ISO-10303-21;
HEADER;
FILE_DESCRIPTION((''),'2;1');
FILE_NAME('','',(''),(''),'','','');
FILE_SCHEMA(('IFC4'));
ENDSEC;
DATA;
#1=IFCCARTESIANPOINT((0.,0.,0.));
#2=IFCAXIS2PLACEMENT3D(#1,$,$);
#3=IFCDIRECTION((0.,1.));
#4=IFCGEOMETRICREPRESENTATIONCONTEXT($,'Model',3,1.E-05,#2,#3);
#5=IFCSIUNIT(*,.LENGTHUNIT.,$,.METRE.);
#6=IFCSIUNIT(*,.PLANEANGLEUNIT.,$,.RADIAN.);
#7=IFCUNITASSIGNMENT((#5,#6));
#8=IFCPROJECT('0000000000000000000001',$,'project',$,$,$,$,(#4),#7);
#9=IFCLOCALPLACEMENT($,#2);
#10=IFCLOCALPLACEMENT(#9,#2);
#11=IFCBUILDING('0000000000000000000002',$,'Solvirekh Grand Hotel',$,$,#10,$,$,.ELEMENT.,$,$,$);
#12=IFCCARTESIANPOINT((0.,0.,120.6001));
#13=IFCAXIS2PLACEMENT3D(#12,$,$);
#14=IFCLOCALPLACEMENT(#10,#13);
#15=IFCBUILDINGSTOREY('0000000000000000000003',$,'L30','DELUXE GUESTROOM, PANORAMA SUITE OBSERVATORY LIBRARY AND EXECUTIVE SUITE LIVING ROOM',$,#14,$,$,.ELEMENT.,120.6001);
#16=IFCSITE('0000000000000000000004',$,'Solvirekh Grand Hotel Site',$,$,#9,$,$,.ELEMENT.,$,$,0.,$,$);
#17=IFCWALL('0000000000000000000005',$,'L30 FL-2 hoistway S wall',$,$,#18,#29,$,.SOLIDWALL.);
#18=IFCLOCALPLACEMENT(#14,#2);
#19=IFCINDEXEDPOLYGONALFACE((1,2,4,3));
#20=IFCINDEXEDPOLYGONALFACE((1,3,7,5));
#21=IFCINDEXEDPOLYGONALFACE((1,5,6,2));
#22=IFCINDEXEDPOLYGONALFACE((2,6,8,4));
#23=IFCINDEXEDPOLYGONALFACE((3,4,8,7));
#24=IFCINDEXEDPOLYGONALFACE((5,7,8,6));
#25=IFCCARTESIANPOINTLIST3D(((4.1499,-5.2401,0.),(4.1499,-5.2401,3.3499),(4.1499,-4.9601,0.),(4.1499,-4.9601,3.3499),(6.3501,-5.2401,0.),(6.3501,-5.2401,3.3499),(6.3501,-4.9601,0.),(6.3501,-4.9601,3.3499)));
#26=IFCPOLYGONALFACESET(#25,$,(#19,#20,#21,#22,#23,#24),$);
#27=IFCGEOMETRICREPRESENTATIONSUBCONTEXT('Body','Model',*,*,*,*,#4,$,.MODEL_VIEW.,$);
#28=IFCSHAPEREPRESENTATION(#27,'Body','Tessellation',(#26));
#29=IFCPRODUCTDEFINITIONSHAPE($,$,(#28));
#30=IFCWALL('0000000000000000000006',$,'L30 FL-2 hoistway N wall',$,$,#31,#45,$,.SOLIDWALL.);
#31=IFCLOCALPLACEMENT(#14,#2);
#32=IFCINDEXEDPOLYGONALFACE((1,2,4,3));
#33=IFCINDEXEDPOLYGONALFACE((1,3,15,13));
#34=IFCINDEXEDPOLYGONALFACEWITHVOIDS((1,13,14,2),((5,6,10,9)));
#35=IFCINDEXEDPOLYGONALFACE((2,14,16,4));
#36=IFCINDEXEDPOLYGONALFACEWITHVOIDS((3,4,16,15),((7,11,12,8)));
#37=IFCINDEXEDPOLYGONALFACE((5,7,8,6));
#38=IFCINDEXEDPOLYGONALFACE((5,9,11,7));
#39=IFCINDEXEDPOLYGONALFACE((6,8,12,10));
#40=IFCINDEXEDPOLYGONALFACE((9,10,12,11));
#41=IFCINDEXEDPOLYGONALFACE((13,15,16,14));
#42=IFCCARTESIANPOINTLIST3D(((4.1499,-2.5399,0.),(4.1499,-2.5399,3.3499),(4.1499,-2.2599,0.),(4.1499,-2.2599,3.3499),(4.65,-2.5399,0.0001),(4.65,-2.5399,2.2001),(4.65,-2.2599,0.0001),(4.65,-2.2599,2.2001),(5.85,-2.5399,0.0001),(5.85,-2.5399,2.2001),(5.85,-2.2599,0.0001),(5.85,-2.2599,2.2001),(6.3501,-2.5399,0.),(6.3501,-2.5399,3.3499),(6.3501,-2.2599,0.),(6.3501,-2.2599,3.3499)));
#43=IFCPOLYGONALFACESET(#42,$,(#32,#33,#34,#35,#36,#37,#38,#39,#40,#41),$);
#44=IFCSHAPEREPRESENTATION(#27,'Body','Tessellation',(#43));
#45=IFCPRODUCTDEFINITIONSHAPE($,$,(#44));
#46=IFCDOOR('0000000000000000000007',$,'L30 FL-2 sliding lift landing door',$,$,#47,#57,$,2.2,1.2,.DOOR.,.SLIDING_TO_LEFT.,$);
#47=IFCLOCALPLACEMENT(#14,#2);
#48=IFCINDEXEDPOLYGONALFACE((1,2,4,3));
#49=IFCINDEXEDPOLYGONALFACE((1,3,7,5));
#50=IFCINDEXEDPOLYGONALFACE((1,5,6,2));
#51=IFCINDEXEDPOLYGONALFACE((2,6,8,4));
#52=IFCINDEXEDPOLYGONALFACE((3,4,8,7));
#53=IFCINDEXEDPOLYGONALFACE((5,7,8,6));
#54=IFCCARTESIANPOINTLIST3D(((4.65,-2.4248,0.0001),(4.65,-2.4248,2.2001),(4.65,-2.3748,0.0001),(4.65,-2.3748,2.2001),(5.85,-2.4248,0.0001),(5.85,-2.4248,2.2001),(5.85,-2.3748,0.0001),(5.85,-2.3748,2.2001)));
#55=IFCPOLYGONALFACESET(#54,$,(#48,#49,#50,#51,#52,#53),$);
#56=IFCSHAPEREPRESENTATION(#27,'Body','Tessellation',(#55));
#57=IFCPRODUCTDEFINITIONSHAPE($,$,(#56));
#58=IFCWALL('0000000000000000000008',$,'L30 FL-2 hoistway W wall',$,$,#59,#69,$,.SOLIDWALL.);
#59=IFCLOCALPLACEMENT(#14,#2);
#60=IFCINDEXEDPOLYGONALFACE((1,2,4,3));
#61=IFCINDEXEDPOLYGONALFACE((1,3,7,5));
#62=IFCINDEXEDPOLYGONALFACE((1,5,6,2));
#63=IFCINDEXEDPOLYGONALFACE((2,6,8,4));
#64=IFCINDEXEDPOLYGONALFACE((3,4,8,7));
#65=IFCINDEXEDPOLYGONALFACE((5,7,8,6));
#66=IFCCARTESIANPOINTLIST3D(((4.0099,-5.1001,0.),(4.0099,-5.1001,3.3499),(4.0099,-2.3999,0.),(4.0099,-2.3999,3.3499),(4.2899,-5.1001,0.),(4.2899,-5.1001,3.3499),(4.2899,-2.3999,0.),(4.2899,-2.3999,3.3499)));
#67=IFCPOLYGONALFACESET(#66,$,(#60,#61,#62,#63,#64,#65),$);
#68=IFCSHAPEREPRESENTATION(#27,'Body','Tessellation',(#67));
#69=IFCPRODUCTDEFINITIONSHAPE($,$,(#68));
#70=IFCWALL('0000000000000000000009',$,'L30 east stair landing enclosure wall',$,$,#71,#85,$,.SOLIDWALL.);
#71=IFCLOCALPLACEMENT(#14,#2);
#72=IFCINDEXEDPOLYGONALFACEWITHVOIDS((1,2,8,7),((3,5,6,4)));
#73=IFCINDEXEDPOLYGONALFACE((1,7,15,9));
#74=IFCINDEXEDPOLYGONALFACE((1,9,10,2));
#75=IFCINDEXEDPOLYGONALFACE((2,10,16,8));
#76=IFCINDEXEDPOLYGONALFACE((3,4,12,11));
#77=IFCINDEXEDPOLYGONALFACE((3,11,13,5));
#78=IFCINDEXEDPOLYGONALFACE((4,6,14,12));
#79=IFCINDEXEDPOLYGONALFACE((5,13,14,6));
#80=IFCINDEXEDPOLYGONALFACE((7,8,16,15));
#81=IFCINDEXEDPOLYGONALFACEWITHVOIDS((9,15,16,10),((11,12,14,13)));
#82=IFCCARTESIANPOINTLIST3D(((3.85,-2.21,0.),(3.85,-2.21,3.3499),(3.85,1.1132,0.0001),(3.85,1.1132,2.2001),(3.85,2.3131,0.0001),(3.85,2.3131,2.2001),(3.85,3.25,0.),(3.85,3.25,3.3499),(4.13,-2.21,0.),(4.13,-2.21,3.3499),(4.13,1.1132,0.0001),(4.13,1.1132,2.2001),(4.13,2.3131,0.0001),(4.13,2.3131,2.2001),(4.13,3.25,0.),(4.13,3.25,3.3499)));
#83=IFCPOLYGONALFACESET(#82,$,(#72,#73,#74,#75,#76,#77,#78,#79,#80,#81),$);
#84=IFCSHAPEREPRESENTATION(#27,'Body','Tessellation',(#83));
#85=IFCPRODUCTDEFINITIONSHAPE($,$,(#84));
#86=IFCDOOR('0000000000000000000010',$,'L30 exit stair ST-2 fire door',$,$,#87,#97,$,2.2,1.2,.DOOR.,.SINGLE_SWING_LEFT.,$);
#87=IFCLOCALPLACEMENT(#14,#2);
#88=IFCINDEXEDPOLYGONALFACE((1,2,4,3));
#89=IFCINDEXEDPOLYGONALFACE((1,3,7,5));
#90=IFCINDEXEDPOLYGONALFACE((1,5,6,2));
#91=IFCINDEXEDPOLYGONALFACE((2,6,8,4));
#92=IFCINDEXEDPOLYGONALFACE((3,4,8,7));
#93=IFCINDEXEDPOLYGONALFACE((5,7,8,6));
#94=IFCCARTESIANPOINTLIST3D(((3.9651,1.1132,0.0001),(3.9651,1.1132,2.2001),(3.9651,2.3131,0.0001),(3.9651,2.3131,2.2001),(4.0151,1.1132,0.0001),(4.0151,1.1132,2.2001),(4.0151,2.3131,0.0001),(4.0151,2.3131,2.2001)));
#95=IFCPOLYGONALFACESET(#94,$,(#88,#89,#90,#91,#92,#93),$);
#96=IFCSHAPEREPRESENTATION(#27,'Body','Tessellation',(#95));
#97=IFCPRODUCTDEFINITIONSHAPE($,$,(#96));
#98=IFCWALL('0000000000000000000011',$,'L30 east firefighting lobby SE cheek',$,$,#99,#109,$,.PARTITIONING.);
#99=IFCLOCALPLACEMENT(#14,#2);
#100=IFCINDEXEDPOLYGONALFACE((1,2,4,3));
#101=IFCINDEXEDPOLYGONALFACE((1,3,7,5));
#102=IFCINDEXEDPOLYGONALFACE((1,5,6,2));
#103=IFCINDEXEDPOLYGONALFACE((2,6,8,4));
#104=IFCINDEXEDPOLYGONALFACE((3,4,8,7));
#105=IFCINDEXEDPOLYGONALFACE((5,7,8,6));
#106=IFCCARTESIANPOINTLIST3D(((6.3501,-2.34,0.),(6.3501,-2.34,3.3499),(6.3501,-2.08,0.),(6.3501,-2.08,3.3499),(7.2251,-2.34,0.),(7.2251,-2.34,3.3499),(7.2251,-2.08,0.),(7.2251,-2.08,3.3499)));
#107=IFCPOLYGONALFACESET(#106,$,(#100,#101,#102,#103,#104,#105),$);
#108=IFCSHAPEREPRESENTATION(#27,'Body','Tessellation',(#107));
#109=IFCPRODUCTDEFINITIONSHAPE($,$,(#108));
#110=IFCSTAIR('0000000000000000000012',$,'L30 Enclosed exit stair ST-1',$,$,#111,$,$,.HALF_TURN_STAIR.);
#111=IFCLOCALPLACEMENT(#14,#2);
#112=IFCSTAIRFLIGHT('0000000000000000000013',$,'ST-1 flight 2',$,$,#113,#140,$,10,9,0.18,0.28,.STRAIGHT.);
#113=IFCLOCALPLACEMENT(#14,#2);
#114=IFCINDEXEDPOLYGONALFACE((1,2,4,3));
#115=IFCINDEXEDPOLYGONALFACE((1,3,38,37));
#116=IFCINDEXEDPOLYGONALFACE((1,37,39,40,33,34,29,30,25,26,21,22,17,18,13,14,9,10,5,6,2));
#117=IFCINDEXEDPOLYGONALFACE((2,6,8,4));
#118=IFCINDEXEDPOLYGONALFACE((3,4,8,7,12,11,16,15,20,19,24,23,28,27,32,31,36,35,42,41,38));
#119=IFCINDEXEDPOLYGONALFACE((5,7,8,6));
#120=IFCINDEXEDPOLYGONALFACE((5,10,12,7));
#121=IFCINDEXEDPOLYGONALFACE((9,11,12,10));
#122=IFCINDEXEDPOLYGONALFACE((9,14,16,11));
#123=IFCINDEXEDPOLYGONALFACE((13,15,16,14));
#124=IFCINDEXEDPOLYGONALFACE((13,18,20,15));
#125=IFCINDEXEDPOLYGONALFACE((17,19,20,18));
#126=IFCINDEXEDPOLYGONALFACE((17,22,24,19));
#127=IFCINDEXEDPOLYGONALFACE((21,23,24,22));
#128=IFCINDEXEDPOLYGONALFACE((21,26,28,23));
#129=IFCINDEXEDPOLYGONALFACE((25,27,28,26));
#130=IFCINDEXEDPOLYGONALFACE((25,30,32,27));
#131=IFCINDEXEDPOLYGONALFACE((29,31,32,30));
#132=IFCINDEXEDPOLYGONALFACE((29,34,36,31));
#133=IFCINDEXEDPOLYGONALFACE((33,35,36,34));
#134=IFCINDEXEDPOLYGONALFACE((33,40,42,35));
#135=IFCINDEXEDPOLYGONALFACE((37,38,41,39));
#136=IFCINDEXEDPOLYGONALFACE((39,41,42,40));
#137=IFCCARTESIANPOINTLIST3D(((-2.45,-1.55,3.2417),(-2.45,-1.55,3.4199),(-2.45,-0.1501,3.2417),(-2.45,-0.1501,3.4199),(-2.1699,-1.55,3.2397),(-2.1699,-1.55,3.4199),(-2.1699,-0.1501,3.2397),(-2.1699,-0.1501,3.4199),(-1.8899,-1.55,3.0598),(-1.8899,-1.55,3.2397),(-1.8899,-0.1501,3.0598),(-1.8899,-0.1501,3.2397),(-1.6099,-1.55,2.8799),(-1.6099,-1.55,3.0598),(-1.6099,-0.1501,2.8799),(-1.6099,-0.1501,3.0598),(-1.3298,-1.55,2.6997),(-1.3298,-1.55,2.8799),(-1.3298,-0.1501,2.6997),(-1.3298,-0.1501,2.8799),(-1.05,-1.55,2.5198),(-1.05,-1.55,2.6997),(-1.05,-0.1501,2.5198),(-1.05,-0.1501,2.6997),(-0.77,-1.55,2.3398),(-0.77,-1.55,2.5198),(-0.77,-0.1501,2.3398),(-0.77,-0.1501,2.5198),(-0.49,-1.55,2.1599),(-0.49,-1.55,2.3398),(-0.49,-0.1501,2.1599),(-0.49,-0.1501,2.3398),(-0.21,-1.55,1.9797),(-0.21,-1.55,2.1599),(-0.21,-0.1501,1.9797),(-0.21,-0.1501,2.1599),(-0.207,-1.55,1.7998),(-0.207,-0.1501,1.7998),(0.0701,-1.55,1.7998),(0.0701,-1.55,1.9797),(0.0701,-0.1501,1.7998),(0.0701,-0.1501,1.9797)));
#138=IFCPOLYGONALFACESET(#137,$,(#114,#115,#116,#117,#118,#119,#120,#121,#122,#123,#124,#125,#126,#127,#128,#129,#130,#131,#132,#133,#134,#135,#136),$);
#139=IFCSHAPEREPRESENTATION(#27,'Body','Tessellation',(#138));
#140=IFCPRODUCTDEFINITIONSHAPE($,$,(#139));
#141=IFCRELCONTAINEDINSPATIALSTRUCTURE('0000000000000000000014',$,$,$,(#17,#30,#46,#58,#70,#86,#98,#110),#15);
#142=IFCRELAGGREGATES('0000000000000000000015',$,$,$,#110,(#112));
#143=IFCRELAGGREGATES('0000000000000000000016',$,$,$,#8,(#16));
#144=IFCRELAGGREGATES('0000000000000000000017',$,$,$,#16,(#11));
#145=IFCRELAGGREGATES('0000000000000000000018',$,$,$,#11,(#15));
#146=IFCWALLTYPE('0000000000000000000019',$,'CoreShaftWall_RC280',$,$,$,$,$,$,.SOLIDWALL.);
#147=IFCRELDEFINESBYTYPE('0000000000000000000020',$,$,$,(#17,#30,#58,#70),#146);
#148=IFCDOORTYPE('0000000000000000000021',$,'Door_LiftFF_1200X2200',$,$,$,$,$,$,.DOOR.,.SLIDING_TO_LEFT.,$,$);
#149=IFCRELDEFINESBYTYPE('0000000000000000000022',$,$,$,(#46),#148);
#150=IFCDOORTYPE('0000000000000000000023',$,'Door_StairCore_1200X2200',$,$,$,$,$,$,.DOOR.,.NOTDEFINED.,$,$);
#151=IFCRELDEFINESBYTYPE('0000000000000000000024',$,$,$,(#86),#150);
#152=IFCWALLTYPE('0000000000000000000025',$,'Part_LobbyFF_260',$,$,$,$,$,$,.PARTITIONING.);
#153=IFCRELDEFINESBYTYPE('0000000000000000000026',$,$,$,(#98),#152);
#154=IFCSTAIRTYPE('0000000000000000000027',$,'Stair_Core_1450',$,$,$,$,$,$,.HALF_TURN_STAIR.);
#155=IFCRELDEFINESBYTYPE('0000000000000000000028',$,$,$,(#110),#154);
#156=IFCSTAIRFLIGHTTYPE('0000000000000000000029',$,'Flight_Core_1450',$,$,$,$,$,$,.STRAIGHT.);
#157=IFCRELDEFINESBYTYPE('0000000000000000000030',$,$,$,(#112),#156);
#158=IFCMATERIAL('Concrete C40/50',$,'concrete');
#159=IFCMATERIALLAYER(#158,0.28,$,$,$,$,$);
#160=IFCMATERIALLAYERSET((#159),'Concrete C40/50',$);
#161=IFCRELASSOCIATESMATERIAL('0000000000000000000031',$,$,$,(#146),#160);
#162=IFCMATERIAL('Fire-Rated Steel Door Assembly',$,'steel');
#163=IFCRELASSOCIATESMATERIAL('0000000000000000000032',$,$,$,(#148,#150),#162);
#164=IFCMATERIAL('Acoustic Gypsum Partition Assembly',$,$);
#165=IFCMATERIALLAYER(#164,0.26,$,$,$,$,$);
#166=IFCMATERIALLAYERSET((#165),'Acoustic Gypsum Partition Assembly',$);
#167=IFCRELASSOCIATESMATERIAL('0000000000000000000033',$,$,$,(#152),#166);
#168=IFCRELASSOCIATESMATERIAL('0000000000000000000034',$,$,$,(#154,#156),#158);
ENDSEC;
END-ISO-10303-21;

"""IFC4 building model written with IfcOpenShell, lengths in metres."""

from ifc_helpers import new_model, si_unit, direction, frame, frame_2d, origin, place, context, subcontext, project, spatial, polyline, rectangle, outline, extrude, material, layer, layer_set, type_object, element, fill, aggregate, save


model = new_model("IFC4")

# Units and contexts
model_context = context("Model", 3, precision=1e-05, world=origin(), true_north=direction((0.0, 1.0)))
body_context = subcontext(model_context, "Body", "Model", "MODEL_VIEW")
ifc_project = project(units=[si_unit("LENGTHUNIT", "METRE"), si_unit("PLANEANGLEUNIT", "RADIAN")], contexts=[model_context])

# Site, building, storey
site_placement = place(None, origin())
site = spatial("IfcSite", under=ifc_project, at=site_placement, Name="Solvirekh Grand Hotel Site", CompositionType="ELEMENT", RefElevation=0.0)
building_placement = place(site_placement, origin())
building = spatial("IfcBuilding", under=site, at=building_placement, Name="Solvirekh Grand Hotel", CompositionType="ELEMENT")
storey_placement = place(building_placement, frame((0.0, 0.0, 120.6001)))
storey = spatial("IfcBuildingStorey", under=building, at=storey_placement, Name="L30", Description="DELUXE GUESTROOM, PANORAMA SUITE OBSERVATORY LIBRARY AND EXECUTIVE SUITE LIVING ROOM", CompositionType="ELEMENT", Elevation=120.6001)

# Shared definitions
ifc_material_1 = material(Name="Concrete C40/50", Category="concrete")
ifc_layer_1 = layer(ifc_material_1, 0.28)
ifc_layer_set_1 = layer_set([ifc_layer_1], Name="Concrete C40/50")
wall_type_1 = type_object("IfcWallType", Name="CoreShaftWall_RC280", PredefinedType="SOLIDWALL", material=ifc_layer_set_1)

# Shared definitions
ifc_material_2 = material(Name="Fire-Rated Steel Door Assembly", Category="steel")

# Wall
wall_1_placement = place(storey_placement, frame((4.1499, -5.1001, 0.0), z_axis=(0.0, 0.0, 1.0), x_axis=(1.0, 0.0, 0.0)))
element("IfcWall", 1, at=wall_1_placement, inside=storey, type_object=wall_type_1, Name="L30 FL-2 hoistway S wall", PredefinedType="SOLIDWALL", context=body_context, shape_type="SweptSolid", body=[
    extrude(rectangle(XDim=2.2002, YDim=0.28, at=frame_2d((1.1001, 0.0))), origin(), (0.0, 0.0, 1.0), 3.3499),
])

# Wall, opening, door
wall_2_placement = place(storey_placement, frame((6.3501, -2.3999, 0.0), z_axis=(0.0, 0.0, 1.0), x_axis=(-1.0, 0.0, 0.0)))
wall_2 = element("IfcWall", 2, at=wall_2_placement, inside=storey, type_object=wall_type_1, Name="L30 FL-2 hoistway N wall", PredefinedType="SOLIDWALL", context=body_context, shape_type="SweptSolid", body=[
    extrude(rectangle(XDim=2.2002, YDim=0.28, at=frame_2d((1.1001, 0.0))), origin(), (0.0, 0.0, 1.0), 3.3499),
])
opening_1_placement = place(wall_2_placement, frame((0.5, 0.0, 0.0)))
opening_1 = element("IfcOpeningElement", 3, at=opening_1_placement, cuts=wall_2, PredefinedType="OPENING", context=body_context, shape_type="SweptSolid", body=[
    extrude(rectangle(XDim=1.2, YDim=2.2, at=frame_2d((0.6001, 1.1001))), frame((0.0, 0.1499, 0.0), z_axis=(0.0, -1.0, 0.0), x_axis=(1.0, 0.0, 0.0)), (0.0, 0.0, 1.0), 0.3),
])
door_type_1 = type_object("IfcDoorType", Name="Door_LiftFF_1200X2200", OperationType="SLIDING_TO_LEFT", PredefinedType="DOOR", material=ifc_material_2)
door_1_placement = place(opening_1_placement, origin())
door_1 = element("IfcDoor", 4, at=door_1_placement, inside=storey, type_object=door_type_1, Name="L30 FL-2 sliding lift landing door", OperationType="SLIDING_TO_LEFT", OverallHeight=2.2, OverallWidth=1.2, PredefinedType="DOOR", context=body_context, shape_type="SweptSolid", body=[
    extrude(rectangle(XDim=1.2, YDim=2.2, at=frame_2d((0.6001, 1.1001))), frame((0.0, 0.0249, 0.0), z_axis=(0.0, -1.0, 0.0), x_axis=(1.0, 0.0, 0.0)), (0.0, 0.0, 1.0), 0.05),
])
fill(opening_1, door_1)

# Wall
wall_3_placement = place(storey_placement, frame((4.1499, -2.3999, 0.0), z_axis=(0.0, 0.0, 1.0), x_axis=(0.0, -1.0, 0.0)))
element("IfcWall", 5, at=wall_3_placement, inside=storey, type_object=wall_type_1, Name="L30 FL-2 hoistway W wall", PredefinedType="SOLIDWALL", context=body_context, shape_type="SweptSolid", body=[
    extrude(rectangle(XDim=2.7002, YDim=0.28, at=frame_2d((1.3501, 0.0))), origin(), (0.0, 0.0, 1.0), 3.3499),
])

# Wall, opening, door
wall_4_placement = place(storey_placement, frame((3.99, -2.21, 0.0), z_axis=(0.0, 0.0, 1.0), x_axis=(0.0, 1.0, 0.0)))
wall_4 = element("IfcWall", 6, at=wall_4_placement, inside=storey, type_object=wall_type_1, Name="L30 east stair landing enclosure wall", PredefinedType="SOLIDWALL", context=body_context, shape_type="SweptSolid", body=[
    extrude(rectangle(XDim=5.46, YDim=0.28, at=frame_2d((2.73, 0.0))), origin(), (0.0, 0.0, 1.0), 3.3499),
])
opening_2_placement = place(wall_4_placement, frame((3.323, 0.0, 0.0)))
opening_2 = element("IfcOpeningElement", 7, at=opening_2_placement, cuts=wall_4, PredefinedType="OPENING", context=body_context, shape_type="SweptSolid", body=[
    extrude(rectangle(XDim=1.2, YDim=2.2, at=frame_2d((0.6001, 1.1001))), frame((0.0, 0.1499, 0.0), z_axis=(0.0, -1.0, 0.0), x_axis=(1.0, 0.0, 0.0)), (0.0, 0.0, 1.0), 0.3),
])
door_type_2 = type_object("IfcDoorType", Name="Door_StairCore_1200X2200", OperationType="NOTDEFINED", PredefinedType="DOOR", material=ifc_material_2)
door_2_placement = place(opening_2_placement, origin())
door_2 = element("IfcDoor", 8, at=door_2_placement, inside=storey, type_object=door_type_2, Name="L30 exit stair ST-2 fire door", OperationType="SINGLE_SWING_LEFT", OverallHeight=2.2, OverallWidth=1.2, PredefinedType="DOOR", context=body_context, shape_type="SweptSolid", body=[
    extrude(rectangle(XDim=1.2, YDim=2.2, at=frame_2d((0.6001, 1.1001))), frame((0.0, 0.0249, 0.0), z_axis=(0.0, -1.0, 0.0), x_axis=(1.0, 0.0, 0.0)), (0.0, 0.0, 1.0), 0.05),
])
fill(opening_2, door_2)

# Wall
ifc_material_3 = material(Name="Acoustic Gypsum Partition Assembly")
ifc_layer_2 = layer(ifc_material_3, 0.26)
ifc_layer_set_2 = layer_set([ifc_layer_2], Name="Acoustic Gypsum Partition Assembly")
wall_type_2 = type_object("IfcWallType", Name="Part_LobbyFF_260", PredefinedType="PARTITIONING", material=ifc_layer_set_2)
wall_5_placement = place(storey_placement, frame((6.3501, -2.21, 0.0), z_axis=(0.0, 0.0, 1.0), x_axis=(1.0, 0.0, 0.0)))
element("IfcWall", 9, at=wall_5_placement, inside=storey, type_object=wall_type_2, Name="L30 east firefighting lobby SE cheek", PredefinedType="PARTITIONING", context=body_context, shape_type="SweptSolid", body=[
    extrude(rectangle(XDim=0.875, YDim=0.26, at=frame_2d((0.4375, 0.0))), origin(), (0.0, 0.0, 1.0), 3.3499),
])

# Stair, stair flight
stair_type = type_object("IfcStairType", Name="Stair_Core_1450", PredefinedType="HALF_TURN_STAIR", material=ifc_material_1)
stair_placement = place(storey_placement, origin())
stair = element("IfcStair", 10, at=stair_placement, inside=storey, type_object=stair_type, Name="L30 Enclosed exit stair ST-1", PredefinedType="HALF_TURN_STAIR")
stair_flight_type = type_object("IfcStairFlightType", Name="Flight_Core_1450", PredefinedType="STRAIGHT", material=ifc_material_1)
stair_flight_placement = place(storey_placement, frame((0.0701, -0.8501, 1.7998), z_axis=(0.0, 0.0, 1.0), x_axis=(-1.0, 0.0, 0.0)))
stair_flight = element("IfcStairFlight", 11, at=stair_flight_placement, type_object=stair_flight_type, Name="ST-1 flight 2", NumberOfRisers=10, NumberOfTreads=9, PredefinedType="STRAIGHT", RiserHeight=0.18, TreadLength=0.28, context=body_context, shape_type="SweptSolid", body=[
    extrude(outline(polyline([(0.0, 0.0), (0.0, 0.1799), (0.28, 0.1799), (0.28, 0.3601), (0.5601, 0.3601), (0.5601, 0.54), (0.8401, 0.54), (0.8401, 0.72), (1.1201, 0.72), (1.1201, 0.8999), (1.3999, 0.8999), (1.3999, 1.0801), (1.6799, 1.0801), (1.6799, 1.26), (1.96, 1.26), (1.96, 1.4399), (2.24, 1.4399), (2.24, 1.6201), (2.52, 1.6201), (2.52, 1.8), (2.52, 1.4419), (0.2771, 0.0), (0.0, 0.0)])), frame((0.0, 0.7, 0.0), z_axis=(0.0, -1.0, 0.0), x_axis=(1.0, 0.0, 0.0)), (0.0, 0.0, 1.0), 1.3999),
])
aggregate(stair, [stair_flight])

save(model, "model.ifc")
